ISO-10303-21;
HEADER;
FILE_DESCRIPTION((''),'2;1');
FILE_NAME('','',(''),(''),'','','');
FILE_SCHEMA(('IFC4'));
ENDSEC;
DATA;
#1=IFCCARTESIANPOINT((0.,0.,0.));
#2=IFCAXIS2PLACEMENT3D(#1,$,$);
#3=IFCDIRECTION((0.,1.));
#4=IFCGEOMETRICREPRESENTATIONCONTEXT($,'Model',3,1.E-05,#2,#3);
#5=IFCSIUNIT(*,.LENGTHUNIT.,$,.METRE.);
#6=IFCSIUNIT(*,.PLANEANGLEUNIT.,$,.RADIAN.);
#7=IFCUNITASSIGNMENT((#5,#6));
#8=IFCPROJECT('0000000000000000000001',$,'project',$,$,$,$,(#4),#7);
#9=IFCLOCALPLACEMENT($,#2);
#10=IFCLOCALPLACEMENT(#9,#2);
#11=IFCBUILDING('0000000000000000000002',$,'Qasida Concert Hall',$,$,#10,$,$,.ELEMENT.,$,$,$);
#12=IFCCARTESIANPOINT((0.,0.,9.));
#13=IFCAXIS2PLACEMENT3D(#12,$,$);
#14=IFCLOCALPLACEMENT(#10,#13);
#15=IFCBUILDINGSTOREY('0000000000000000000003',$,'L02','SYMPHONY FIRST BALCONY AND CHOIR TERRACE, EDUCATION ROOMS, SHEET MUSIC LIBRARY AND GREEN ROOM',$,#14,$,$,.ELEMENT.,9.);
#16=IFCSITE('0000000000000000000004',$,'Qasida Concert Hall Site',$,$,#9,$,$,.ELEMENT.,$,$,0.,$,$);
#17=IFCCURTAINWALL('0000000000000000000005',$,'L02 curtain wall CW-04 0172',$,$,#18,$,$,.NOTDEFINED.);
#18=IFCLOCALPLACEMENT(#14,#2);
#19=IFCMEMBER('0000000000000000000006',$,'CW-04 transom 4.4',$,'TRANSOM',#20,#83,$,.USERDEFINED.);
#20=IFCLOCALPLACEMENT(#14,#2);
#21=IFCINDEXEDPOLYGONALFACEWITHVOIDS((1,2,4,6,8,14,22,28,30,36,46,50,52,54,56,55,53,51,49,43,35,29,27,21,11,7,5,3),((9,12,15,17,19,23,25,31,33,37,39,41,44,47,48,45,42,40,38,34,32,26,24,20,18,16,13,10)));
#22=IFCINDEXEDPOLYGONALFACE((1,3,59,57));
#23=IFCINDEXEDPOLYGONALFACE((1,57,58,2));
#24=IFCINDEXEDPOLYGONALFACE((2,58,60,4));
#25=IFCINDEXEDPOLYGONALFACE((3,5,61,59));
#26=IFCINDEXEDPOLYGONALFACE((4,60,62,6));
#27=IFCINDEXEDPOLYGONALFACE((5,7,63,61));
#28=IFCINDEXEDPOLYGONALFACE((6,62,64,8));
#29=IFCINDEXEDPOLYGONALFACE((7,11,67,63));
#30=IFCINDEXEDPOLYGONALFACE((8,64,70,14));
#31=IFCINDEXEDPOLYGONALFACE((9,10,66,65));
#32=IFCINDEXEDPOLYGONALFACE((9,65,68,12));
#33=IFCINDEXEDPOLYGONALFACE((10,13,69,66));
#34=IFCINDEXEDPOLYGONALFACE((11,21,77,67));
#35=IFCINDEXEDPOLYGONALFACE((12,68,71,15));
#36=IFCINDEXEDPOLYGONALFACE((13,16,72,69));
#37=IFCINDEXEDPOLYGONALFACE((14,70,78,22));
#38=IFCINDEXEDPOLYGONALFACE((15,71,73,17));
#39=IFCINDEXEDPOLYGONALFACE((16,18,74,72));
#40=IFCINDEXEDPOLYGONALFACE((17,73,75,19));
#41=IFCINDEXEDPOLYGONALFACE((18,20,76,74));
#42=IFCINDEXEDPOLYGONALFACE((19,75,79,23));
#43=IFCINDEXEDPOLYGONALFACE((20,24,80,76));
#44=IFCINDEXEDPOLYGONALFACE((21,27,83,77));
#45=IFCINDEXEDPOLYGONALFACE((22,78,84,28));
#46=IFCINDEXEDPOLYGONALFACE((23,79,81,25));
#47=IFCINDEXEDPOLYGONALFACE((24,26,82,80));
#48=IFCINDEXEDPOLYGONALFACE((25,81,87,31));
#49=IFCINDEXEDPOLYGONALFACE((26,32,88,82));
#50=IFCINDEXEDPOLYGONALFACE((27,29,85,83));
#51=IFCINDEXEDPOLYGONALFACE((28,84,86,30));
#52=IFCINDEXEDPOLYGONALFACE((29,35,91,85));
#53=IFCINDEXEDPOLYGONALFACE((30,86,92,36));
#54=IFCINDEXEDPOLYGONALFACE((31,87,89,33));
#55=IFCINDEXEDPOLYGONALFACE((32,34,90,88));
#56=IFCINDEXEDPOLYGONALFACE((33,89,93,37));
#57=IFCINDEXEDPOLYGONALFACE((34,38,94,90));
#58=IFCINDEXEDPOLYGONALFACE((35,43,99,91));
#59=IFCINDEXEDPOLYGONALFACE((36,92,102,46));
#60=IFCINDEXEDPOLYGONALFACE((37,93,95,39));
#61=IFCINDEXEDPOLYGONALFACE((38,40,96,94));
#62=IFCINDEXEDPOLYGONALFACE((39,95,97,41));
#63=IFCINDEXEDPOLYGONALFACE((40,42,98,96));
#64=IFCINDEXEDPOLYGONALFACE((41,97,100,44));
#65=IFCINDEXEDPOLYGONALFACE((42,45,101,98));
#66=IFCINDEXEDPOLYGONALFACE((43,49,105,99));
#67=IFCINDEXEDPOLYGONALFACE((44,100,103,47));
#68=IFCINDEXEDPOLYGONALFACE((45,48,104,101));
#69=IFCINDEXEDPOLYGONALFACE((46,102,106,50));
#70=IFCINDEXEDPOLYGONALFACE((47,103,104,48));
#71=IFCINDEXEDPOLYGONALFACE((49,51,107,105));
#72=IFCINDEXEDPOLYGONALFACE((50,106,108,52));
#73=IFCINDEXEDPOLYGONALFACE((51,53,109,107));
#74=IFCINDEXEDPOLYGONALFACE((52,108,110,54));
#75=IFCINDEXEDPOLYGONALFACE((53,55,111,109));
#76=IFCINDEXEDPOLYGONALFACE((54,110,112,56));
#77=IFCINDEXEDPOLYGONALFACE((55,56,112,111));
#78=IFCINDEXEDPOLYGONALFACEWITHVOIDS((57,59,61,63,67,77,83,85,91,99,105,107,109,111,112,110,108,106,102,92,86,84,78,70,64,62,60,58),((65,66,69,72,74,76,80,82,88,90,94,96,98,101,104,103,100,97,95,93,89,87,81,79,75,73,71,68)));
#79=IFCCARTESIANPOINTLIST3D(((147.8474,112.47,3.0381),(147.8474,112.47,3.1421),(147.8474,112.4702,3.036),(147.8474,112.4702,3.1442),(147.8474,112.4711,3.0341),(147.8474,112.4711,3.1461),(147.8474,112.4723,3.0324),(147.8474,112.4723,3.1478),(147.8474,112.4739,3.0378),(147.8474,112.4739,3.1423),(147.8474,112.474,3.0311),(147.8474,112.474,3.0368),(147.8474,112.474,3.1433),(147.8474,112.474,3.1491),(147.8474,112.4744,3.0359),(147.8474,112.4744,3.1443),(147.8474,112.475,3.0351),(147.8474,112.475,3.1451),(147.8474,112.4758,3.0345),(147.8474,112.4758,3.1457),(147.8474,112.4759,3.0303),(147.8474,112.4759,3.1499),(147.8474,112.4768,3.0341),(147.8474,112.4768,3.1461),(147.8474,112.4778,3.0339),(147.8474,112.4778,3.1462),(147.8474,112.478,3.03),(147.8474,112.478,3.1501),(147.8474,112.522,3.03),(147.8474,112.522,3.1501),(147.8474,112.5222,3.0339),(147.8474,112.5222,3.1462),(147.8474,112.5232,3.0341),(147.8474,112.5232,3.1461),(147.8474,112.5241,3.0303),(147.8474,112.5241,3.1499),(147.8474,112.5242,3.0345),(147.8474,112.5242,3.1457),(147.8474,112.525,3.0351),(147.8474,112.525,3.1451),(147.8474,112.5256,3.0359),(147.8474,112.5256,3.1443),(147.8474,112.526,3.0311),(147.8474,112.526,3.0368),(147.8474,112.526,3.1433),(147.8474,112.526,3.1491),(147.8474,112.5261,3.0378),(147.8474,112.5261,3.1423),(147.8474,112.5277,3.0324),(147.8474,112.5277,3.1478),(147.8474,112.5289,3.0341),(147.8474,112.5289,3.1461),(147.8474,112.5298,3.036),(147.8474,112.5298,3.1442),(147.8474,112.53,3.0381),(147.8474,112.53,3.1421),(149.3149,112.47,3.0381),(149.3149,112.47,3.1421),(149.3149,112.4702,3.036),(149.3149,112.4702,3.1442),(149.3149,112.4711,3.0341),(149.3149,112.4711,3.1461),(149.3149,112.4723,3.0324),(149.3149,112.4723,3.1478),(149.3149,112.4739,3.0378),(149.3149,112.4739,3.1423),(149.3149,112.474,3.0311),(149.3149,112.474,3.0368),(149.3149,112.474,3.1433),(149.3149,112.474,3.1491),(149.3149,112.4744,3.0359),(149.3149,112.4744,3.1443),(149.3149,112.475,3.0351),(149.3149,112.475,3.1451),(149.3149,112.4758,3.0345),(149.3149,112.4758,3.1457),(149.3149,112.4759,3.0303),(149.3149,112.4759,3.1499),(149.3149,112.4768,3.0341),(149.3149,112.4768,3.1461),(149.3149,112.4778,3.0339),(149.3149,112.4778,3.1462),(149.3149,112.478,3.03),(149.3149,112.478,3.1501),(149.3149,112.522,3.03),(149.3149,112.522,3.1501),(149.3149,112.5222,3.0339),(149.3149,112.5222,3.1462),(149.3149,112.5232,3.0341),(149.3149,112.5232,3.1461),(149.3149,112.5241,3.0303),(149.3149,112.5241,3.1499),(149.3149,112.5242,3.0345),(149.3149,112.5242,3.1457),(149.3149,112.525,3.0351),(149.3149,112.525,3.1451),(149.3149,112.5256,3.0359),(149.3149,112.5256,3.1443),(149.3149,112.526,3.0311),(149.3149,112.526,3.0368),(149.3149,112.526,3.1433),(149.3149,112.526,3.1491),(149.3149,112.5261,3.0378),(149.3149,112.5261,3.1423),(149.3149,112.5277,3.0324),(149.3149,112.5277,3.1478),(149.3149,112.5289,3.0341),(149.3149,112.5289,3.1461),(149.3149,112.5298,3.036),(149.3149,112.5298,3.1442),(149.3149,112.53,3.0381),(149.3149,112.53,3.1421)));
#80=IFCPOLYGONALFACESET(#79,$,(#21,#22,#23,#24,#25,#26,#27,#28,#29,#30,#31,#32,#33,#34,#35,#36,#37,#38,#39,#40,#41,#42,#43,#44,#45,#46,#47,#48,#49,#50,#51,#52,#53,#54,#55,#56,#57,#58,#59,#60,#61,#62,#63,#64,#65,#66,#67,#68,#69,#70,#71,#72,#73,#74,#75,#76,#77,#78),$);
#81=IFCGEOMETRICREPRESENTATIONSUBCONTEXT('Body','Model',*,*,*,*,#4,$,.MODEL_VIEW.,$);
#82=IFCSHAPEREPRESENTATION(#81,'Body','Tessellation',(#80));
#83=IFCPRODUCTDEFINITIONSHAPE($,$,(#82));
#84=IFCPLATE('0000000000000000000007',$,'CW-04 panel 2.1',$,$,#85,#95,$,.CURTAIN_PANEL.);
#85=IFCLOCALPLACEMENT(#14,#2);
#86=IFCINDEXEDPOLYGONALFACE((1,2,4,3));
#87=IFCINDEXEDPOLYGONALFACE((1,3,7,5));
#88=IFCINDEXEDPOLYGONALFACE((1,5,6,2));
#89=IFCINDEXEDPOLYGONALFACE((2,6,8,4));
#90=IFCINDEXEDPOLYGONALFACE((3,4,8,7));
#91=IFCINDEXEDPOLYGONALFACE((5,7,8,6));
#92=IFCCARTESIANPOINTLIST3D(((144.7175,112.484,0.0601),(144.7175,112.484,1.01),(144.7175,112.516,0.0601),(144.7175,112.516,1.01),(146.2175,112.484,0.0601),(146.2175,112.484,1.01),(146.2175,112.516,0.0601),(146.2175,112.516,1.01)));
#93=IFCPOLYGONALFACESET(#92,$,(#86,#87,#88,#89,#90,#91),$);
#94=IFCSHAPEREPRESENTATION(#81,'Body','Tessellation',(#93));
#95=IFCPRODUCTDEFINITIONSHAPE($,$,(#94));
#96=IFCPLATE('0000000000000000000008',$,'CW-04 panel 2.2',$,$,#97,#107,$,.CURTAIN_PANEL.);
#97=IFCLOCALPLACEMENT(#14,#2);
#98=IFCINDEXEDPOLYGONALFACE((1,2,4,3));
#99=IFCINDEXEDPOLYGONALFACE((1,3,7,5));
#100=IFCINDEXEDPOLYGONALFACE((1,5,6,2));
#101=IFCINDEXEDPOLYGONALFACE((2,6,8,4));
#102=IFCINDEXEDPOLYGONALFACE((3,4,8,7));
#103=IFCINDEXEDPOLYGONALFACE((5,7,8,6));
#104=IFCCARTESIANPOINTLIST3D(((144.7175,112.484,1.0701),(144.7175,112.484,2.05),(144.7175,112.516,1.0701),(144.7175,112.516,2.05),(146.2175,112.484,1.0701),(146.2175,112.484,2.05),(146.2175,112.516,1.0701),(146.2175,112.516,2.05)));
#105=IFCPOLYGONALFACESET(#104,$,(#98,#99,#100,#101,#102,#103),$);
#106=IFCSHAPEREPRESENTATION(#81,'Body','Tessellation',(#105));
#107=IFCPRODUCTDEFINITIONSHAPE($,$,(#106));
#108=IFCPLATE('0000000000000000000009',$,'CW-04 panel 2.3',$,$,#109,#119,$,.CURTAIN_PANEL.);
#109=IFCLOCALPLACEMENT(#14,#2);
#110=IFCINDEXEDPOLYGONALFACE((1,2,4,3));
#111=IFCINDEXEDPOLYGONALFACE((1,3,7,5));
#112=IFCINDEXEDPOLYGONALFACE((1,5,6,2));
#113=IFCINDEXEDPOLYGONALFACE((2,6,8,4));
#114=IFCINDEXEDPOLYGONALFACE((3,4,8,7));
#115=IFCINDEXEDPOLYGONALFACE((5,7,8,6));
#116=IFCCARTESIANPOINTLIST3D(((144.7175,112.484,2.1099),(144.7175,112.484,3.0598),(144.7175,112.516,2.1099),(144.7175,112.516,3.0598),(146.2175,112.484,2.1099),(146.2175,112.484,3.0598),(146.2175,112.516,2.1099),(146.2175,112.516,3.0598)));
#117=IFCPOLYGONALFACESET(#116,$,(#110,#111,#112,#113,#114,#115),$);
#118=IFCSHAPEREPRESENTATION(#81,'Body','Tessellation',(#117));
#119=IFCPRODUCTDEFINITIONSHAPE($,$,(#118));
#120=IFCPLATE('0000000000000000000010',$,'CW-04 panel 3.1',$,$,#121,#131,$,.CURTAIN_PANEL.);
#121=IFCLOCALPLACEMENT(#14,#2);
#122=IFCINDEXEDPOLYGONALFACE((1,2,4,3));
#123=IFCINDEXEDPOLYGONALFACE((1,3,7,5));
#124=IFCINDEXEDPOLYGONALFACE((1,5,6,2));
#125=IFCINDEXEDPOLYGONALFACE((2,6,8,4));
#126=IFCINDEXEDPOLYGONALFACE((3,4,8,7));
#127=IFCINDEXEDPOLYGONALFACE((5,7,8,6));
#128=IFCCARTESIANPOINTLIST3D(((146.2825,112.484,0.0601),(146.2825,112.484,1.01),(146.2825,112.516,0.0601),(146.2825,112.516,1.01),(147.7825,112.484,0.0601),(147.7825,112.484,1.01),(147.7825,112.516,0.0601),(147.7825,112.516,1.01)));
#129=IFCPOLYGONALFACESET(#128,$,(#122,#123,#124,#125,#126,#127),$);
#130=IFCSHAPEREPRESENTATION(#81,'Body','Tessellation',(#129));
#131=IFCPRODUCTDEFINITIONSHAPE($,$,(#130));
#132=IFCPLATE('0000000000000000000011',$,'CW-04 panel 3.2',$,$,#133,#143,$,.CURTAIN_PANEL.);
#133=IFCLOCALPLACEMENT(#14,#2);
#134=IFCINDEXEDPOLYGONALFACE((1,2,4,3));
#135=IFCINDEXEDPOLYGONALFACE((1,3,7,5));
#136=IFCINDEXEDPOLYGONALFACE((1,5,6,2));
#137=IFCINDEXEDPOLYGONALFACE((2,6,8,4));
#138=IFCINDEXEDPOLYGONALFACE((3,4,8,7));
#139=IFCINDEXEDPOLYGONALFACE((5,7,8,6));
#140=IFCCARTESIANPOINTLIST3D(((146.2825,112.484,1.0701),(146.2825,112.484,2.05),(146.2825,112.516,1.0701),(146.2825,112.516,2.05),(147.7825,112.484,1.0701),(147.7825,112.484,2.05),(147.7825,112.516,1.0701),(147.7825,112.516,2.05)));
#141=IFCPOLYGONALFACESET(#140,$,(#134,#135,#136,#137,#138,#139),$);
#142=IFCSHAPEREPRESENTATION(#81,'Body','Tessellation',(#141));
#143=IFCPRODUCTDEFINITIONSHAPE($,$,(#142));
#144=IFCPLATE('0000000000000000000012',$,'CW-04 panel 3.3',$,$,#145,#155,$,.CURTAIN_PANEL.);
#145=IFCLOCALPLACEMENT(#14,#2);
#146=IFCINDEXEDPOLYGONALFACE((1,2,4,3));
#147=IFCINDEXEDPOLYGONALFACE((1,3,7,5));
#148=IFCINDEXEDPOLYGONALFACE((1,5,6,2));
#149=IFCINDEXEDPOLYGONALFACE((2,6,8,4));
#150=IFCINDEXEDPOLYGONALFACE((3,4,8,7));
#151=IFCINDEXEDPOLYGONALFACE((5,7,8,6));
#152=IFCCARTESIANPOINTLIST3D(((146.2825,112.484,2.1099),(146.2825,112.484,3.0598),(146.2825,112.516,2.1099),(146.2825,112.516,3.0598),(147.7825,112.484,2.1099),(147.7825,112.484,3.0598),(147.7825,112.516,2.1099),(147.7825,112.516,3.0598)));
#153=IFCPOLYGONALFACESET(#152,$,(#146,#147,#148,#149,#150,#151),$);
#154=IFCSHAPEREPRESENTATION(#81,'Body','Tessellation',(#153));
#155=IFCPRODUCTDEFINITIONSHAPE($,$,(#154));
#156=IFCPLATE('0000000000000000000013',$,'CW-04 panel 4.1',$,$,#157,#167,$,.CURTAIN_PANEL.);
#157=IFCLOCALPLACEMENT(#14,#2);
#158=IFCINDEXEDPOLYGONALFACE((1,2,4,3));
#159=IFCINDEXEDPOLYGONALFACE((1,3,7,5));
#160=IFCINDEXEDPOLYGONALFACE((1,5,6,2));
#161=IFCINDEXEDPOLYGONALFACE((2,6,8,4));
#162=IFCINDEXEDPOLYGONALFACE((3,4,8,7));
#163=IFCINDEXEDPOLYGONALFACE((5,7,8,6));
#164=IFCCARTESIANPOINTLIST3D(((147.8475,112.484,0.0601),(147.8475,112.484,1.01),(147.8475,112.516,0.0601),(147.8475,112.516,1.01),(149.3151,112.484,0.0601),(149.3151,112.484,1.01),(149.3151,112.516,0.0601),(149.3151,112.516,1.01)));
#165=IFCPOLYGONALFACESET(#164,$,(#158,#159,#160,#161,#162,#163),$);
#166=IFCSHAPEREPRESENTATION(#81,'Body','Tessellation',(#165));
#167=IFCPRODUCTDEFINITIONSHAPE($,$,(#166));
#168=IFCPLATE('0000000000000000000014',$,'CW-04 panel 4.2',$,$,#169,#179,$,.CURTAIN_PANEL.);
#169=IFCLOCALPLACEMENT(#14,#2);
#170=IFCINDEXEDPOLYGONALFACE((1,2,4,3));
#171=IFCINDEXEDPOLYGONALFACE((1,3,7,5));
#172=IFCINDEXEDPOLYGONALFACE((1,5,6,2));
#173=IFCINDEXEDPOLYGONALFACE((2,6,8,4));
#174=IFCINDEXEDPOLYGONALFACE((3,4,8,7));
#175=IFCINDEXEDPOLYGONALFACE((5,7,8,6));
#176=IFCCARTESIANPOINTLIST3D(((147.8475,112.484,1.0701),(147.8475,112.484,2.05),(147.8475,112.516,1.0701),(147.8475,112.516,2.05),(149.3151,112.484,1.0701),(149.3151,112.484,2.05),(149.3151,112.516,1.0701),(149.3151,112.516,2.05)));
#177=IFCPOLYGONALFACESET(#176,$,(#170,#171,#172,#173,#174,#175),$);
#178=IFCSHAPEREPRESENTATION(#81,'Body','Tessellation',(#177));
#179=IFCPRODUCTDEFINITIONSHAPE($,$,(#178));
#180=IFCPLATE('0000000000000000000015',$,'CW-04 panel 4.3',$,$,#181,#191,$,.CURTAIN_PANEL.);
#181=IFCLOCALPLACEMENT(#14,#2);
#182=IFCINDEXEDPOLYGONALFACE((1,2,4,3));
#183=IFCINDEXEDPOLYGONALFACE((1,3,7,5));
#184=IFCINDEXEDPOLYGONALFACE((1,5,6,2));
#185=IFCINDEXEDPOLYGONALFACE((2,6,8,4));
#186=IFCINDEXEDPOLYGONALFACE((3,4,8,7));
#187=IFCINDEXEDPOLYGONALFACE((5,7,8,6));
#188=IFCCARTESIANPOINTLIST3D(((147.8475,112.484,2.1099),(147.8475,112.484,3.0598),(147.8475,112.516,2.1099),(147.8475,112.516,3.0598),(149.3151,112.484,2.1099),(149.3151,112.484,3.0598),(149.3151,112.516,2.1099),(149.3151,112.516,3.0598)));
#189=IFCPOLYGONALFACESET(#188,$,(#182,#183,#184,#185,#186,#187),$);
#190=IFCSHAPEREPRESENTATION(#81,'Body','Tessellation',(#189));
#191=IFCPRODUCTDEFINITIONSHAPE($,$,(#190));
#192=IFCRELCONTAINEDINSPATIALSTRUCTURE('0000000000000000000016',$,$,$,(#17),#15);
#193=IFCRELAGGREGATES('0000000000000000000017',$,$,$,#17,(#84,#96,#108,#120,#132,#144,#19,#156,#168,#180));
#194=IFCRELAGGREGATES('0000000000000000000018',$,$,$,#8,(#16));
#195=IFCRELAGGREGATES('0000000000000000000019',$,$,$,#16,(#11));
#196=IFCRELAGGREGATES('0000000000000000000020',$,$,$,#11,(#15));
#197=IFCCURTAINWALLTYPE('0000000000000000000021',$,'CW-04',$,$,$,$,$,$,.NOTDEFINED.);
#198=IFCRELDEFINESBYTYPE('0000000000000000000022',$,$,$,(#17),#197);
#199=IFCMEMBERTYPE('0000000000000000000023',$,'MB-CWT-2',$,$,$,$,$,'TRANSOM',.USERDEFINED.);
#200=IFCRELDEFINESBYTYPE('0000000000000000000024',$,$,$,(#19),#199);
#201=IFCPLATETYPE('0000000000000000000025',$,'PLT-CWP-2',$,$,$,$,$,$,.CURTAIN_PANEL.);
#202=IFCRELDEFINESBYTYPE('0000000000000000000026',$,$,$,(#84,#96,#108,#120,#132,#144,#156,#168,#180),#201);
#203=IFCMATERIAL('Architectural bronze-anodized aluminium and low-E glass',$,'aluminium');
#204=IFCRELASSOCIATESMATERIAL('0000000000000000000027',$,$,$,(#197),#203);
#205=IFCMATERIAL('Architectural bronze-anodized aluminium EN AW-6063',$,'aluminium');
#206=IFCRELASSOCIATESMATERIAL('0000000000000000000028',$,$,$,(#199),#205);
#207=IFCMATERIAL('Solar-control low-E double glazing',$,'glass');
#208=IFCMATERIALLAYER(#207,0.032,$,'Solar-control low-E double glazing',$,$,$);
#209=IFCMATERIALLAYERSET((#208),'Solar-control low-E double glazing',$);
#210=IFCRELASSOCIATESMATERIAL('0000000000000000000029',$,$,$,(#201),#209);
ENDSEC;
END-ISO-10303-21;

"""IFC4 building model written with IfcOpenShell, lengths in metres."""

from ifc_helpers import new_model, si_unit, direction, frame, origin, origin_2d, place, context, subcontext, project, spatial, rectangle, hollow_rectangle, extrude, material, layer, layer_set, material_profile, profile_set, type_object, element, aggregate, save


model = new_model("IFC4")

# Units and contexts
model_context = context("Model", 3, precision=1e-05, world=origin(), true_north=direction((0.0, 1.0)))
body_context = subcontext(model_context, "Body", "Model", "MODEL_VIEW")
ifc_project = project(units=[si_unit("LENGTHUNIT", "METRE"), si_unit("PLANEANGLEUNIT", "RADIAN")], contexts=[model_context])

# Site, building, storey
site_placement = place(None, origin())
site = spatial("IfcSite", under=ifc_project, at=site_placement, Name="Qasida Concert Hall Site", CompositionType="ELEMENT", RefElevation=0.0)
building_placement = place(site_placement, origin())
building = spatial("IfcBuilding", under=site, at=building_placement, Name="Qasida Concert Hall", CompositionType="ELEMENT")
storey_placement = place(building_placement, frame((0.0, 0.0, 9.0)))
storey = spatial("IfcBuildingStorey", under=building, at=storey_placement, Name="L02", Description="SYMPHONY FIRST BALCONY AND CHOIR TERRACE, EDUCATION ROOMS, SHEET MUSIC LIBRARY AND GREEN ROOM", CompositionType="ELEMENT", Elevation=9.0)

# Curtain wall, member, plates
ifc_material_1 = material(Name="Architectural bronze-anodized aluminium and low-E glass", Category="aluminium")
curtain_wall_type = type_object("IfcCurtainWallType", Name="CW-04", PredefinedType="NOTDEFINED", material=ifc_material_1)
curtain_wall_placement = place(storey_placement, origin())
curtain_wall = element("IfcCurtainWall", 1, at=curtain_wall_placement, inside=storey, type_object=curtain_wall_type, Name="L02 curtain wall CW-04 0172", PredefinedType="NOTDEFINED")
ifc_material_2 = material(Name="Architectural bronze-anodized aluminium EN AW-6063", Category="aluminium")
ifc_material_profile_1 = material_profile(ifc_material_2, hollow_rectangle(XDim=0.0601, YDim=0.1201, WallThickness=0.0039, InnerFilletRadius=0.0039, OuterFilletRadius=0.0081, at=origin_2d()), Name="CWT 120x60x4")
ifc_profile_set_1 = profile_set([ifc_material_profile_1], Name="Architectural bronze-anodized aluminium EN AW-6063")
member_type_1 = type_object("IfcMemberType", Name="MB-CWT-2", ElementType="TRANSOM", PredefinedType="USERDEFINED", material=ifc_profile_set_1)
member_1_placement = place(storey_placement, frame((147.8474, 112.5, 3.0901), z_axis=(1.0, 0.0, 0.0), x_axis=(0.0, 1.0, 0.0)))
member_1 = element("IfcMember", 2, at=member_1_placement, type_object=member_type_1, Name="CW-04 transom 4.4", ObjectType="TRANSOM", PredefinedType="USERDEFINED", context=body_context, shape_type="SweptSolid", body=[
    extrude(hollow_rectangle(XDim=0.0601, YDim=0.1201, WallThickness=0.0039, InnerFilletRadius=0.0039, OuterFilletRadius=0.0081, at=origin_2d()), origin(), (0.0, 0.0, 1.0), 1.4675),
])
ifc_material_3 = material(Name="Solar-control low-E double glazing", Category="glass")
ifc_layer_1 = layer(ifc_material_3, 0.032, Name="Solar-control low-E double glazing")
ifc_layer_set_1 = layer_set([ifc_layer_1], Name="Solar-control low-E double glazing")
plate_type = type_object("IfcPlateType", Name="PLT-CWP-2", PredefinedType="CURTAIN_PANEL", material=ifc_layer_set_1)
plate_1_placement = place(storey_placement, frame((145.4675, 112.5, 0.0601), z_axis=(0.0, 0.0, 1.0), x_axis=(1.0, 0.0, 0.0)))
plate_1 = element("IfcPlate", 3, at=plate_1_placement, type_object=plate_type, Name="CW-04 panel 2.1", PredefinedType="CURTAIN_PANEL", context=body_context, shape_type="SweptSolid", body=[
    extrude(rectangle(XDim=1.5, YDim=0.032, at=origin_2d()), origin(), (0.0, 0.0, 1.0), 0.95),
])
plate_2_placement = place(storey_placement, frame((145.4675, 112.5, 1.0701), z_axis=(0.0, 0.0, 1.0), x_axis=(1.0, 0.0, 0.0)))
plate_2 = element("IfcPlate", 4, at=plate_2_placement, type_object=plate_type, Name="CW-04 panel 2.2", PredefinedType="CURTAIN_PANEL", context=body_context, shape_type="SweptSolid", body=[
    extrude(rectangle(XDim=1.5, YDim=0.032, at=origin_2d()), origin(), (0.0, 0.0, 1.0), 0.98),
])
plate_3_placement = place(storey_placement, frame((145.4675, 112.5, 2.1099), z_axis=(0.0, 0.0, 1.0), x_axis=(1.0, 0.0, 0.0)))
plate_3 = element("IfcPlate", 5, at=plate_3_placement, type_object=plate_type, Name="CW-04 panel 2.3", PredefinedType="CURTAIN_PANEL", context=body_context, shape_type="SweptSolid", body=[
    extrude(rectangle(XDim=1.5, YDim=0.032, at=origin_2d()), origin(), (0.0, 0.0, 1.0), 0.95),
])
plate_4_placement = place(storey_placement, frame((147.0325, 112.5, 0.0601), z_axis=(0.0, 0.0, 1.0), x_axis=(1.0, 0.0, 0.0)))
plate_4 = element("IfcPlate", 6, at=plate_4_placement, type_object=plate_type, Name="CW-04 panel 3.1", PredefinedType="CURTAIN_PANEL", context=body_context, shape_type="SweptSolid", body=[
    extrude(rectangle(XDim=1.5, YDim=0.032, at=origin_2d()), origin(), (0.0, 0.0, 1.0), 0.95),
])
plate_5_placement = place(storey_placement, frame((147.0325, 112.5, 1.0701), z_axis=(0.0, 0.0, 1.0), x_axis=(1.0, 0.0, 0.0)))
plate_5 = element("IfcPlate", 7, at=plate_5_placement, type_object=plate_type, Name="CW-04 panel 3.2", PredefinedType="CURTAIN_PANEL", context=body_context, shape_type="SweptSolid", body=[
    extrude(rectangle(XDim=1.5, YDim=0.032, at=origin_2d()), origin(), (0.0, 0.0, 1.0), 0.98),
])
plate_6_placement = place(storey_placement, frame((147.0325, 112.5, 2.1099), z_axis=(0.0, 0.0, 1.0), x_axis=(1.0, 0.0, 0.0)))
plate_6 = element("IfcPlate", 8, at=plate_6_placement, type_object=plate_type, Name="CW-04 panel 3.3", PredefinedType="CURTAIN_PANEL", context=body_context, shape_type="SweptSolid", body=[
    extrude(rectangle(XDim=1.5, YDim=0.032, at=origin_2d()), origin(), (0.0, 0.0, 1.0), 0.95),
])
plate_7_placement = place(storey_placement, frame((148.5813, 112.5, 0.0601), z_axis=(0.0, 0.0, 1.0), x_axis=(1.0, 0.0, 0.0)))
plate_7 = element("IfcPlate", 9, at=plate_7_placement, type_object=plate_type, Name="CW-04 panel 4.1", PredefinedType="CURTAIN_PANEL", context=body_context, shape_type="SweptSolid", body=[
    extrude(rectangle(XDim=1.4675, YDim=0.032, at=origin_2d()), origin(), (0.0, 0.0, 1.0), 0.95),
])
plate_8_placement = place(storey_placement, frame((148.5813, 112.5, 1.0701), z_axis=(0.0, 0.0, 1.0), x_axis=(1.0, 0.0, 0.0)))
plate_8 = element("IfcPlate", 10, at=plate_8_placement, type_object=plate_type, Name="CW-04 panel 4.2", PredefinedType="CURTAIN_PANEL", context=body_context, shape_type="SweptSolid", body=[
    extrude(rectangle(XDim=1.4675, YDim=0.032, at=origin_2d()), origin(), (0.0, 0.0, 1.0), 0.98),
])
plate_9_placement = place(storey_placement, frame((148.5813, 112.5, 2.1099), z_axis=(0.0, 0.0, 1.0), x_axis=(1.0, 0.0, 0.0)))
plate_9 = element("IfcPlate", 11, at=plate_9_placement, type_object=plate_type, Name="CW-04 panel 4.3", PredefinedType="CURTAIN_PANEL", context=body_context, shape_type="SweptSolid", body=[
    extrude(rectangle(XDim=1.4675, YDim=0.032, at=origin_2d()), origin(), (0.0, 0.0, 1.0), 0.95),
])
aggregate(curtain_wall, [plate_1, plate_2, plate_3, plate_4, plate_5, plate_6, member_1, plate_7, plate_8, plate_9])

save(model, "model.ifc")
